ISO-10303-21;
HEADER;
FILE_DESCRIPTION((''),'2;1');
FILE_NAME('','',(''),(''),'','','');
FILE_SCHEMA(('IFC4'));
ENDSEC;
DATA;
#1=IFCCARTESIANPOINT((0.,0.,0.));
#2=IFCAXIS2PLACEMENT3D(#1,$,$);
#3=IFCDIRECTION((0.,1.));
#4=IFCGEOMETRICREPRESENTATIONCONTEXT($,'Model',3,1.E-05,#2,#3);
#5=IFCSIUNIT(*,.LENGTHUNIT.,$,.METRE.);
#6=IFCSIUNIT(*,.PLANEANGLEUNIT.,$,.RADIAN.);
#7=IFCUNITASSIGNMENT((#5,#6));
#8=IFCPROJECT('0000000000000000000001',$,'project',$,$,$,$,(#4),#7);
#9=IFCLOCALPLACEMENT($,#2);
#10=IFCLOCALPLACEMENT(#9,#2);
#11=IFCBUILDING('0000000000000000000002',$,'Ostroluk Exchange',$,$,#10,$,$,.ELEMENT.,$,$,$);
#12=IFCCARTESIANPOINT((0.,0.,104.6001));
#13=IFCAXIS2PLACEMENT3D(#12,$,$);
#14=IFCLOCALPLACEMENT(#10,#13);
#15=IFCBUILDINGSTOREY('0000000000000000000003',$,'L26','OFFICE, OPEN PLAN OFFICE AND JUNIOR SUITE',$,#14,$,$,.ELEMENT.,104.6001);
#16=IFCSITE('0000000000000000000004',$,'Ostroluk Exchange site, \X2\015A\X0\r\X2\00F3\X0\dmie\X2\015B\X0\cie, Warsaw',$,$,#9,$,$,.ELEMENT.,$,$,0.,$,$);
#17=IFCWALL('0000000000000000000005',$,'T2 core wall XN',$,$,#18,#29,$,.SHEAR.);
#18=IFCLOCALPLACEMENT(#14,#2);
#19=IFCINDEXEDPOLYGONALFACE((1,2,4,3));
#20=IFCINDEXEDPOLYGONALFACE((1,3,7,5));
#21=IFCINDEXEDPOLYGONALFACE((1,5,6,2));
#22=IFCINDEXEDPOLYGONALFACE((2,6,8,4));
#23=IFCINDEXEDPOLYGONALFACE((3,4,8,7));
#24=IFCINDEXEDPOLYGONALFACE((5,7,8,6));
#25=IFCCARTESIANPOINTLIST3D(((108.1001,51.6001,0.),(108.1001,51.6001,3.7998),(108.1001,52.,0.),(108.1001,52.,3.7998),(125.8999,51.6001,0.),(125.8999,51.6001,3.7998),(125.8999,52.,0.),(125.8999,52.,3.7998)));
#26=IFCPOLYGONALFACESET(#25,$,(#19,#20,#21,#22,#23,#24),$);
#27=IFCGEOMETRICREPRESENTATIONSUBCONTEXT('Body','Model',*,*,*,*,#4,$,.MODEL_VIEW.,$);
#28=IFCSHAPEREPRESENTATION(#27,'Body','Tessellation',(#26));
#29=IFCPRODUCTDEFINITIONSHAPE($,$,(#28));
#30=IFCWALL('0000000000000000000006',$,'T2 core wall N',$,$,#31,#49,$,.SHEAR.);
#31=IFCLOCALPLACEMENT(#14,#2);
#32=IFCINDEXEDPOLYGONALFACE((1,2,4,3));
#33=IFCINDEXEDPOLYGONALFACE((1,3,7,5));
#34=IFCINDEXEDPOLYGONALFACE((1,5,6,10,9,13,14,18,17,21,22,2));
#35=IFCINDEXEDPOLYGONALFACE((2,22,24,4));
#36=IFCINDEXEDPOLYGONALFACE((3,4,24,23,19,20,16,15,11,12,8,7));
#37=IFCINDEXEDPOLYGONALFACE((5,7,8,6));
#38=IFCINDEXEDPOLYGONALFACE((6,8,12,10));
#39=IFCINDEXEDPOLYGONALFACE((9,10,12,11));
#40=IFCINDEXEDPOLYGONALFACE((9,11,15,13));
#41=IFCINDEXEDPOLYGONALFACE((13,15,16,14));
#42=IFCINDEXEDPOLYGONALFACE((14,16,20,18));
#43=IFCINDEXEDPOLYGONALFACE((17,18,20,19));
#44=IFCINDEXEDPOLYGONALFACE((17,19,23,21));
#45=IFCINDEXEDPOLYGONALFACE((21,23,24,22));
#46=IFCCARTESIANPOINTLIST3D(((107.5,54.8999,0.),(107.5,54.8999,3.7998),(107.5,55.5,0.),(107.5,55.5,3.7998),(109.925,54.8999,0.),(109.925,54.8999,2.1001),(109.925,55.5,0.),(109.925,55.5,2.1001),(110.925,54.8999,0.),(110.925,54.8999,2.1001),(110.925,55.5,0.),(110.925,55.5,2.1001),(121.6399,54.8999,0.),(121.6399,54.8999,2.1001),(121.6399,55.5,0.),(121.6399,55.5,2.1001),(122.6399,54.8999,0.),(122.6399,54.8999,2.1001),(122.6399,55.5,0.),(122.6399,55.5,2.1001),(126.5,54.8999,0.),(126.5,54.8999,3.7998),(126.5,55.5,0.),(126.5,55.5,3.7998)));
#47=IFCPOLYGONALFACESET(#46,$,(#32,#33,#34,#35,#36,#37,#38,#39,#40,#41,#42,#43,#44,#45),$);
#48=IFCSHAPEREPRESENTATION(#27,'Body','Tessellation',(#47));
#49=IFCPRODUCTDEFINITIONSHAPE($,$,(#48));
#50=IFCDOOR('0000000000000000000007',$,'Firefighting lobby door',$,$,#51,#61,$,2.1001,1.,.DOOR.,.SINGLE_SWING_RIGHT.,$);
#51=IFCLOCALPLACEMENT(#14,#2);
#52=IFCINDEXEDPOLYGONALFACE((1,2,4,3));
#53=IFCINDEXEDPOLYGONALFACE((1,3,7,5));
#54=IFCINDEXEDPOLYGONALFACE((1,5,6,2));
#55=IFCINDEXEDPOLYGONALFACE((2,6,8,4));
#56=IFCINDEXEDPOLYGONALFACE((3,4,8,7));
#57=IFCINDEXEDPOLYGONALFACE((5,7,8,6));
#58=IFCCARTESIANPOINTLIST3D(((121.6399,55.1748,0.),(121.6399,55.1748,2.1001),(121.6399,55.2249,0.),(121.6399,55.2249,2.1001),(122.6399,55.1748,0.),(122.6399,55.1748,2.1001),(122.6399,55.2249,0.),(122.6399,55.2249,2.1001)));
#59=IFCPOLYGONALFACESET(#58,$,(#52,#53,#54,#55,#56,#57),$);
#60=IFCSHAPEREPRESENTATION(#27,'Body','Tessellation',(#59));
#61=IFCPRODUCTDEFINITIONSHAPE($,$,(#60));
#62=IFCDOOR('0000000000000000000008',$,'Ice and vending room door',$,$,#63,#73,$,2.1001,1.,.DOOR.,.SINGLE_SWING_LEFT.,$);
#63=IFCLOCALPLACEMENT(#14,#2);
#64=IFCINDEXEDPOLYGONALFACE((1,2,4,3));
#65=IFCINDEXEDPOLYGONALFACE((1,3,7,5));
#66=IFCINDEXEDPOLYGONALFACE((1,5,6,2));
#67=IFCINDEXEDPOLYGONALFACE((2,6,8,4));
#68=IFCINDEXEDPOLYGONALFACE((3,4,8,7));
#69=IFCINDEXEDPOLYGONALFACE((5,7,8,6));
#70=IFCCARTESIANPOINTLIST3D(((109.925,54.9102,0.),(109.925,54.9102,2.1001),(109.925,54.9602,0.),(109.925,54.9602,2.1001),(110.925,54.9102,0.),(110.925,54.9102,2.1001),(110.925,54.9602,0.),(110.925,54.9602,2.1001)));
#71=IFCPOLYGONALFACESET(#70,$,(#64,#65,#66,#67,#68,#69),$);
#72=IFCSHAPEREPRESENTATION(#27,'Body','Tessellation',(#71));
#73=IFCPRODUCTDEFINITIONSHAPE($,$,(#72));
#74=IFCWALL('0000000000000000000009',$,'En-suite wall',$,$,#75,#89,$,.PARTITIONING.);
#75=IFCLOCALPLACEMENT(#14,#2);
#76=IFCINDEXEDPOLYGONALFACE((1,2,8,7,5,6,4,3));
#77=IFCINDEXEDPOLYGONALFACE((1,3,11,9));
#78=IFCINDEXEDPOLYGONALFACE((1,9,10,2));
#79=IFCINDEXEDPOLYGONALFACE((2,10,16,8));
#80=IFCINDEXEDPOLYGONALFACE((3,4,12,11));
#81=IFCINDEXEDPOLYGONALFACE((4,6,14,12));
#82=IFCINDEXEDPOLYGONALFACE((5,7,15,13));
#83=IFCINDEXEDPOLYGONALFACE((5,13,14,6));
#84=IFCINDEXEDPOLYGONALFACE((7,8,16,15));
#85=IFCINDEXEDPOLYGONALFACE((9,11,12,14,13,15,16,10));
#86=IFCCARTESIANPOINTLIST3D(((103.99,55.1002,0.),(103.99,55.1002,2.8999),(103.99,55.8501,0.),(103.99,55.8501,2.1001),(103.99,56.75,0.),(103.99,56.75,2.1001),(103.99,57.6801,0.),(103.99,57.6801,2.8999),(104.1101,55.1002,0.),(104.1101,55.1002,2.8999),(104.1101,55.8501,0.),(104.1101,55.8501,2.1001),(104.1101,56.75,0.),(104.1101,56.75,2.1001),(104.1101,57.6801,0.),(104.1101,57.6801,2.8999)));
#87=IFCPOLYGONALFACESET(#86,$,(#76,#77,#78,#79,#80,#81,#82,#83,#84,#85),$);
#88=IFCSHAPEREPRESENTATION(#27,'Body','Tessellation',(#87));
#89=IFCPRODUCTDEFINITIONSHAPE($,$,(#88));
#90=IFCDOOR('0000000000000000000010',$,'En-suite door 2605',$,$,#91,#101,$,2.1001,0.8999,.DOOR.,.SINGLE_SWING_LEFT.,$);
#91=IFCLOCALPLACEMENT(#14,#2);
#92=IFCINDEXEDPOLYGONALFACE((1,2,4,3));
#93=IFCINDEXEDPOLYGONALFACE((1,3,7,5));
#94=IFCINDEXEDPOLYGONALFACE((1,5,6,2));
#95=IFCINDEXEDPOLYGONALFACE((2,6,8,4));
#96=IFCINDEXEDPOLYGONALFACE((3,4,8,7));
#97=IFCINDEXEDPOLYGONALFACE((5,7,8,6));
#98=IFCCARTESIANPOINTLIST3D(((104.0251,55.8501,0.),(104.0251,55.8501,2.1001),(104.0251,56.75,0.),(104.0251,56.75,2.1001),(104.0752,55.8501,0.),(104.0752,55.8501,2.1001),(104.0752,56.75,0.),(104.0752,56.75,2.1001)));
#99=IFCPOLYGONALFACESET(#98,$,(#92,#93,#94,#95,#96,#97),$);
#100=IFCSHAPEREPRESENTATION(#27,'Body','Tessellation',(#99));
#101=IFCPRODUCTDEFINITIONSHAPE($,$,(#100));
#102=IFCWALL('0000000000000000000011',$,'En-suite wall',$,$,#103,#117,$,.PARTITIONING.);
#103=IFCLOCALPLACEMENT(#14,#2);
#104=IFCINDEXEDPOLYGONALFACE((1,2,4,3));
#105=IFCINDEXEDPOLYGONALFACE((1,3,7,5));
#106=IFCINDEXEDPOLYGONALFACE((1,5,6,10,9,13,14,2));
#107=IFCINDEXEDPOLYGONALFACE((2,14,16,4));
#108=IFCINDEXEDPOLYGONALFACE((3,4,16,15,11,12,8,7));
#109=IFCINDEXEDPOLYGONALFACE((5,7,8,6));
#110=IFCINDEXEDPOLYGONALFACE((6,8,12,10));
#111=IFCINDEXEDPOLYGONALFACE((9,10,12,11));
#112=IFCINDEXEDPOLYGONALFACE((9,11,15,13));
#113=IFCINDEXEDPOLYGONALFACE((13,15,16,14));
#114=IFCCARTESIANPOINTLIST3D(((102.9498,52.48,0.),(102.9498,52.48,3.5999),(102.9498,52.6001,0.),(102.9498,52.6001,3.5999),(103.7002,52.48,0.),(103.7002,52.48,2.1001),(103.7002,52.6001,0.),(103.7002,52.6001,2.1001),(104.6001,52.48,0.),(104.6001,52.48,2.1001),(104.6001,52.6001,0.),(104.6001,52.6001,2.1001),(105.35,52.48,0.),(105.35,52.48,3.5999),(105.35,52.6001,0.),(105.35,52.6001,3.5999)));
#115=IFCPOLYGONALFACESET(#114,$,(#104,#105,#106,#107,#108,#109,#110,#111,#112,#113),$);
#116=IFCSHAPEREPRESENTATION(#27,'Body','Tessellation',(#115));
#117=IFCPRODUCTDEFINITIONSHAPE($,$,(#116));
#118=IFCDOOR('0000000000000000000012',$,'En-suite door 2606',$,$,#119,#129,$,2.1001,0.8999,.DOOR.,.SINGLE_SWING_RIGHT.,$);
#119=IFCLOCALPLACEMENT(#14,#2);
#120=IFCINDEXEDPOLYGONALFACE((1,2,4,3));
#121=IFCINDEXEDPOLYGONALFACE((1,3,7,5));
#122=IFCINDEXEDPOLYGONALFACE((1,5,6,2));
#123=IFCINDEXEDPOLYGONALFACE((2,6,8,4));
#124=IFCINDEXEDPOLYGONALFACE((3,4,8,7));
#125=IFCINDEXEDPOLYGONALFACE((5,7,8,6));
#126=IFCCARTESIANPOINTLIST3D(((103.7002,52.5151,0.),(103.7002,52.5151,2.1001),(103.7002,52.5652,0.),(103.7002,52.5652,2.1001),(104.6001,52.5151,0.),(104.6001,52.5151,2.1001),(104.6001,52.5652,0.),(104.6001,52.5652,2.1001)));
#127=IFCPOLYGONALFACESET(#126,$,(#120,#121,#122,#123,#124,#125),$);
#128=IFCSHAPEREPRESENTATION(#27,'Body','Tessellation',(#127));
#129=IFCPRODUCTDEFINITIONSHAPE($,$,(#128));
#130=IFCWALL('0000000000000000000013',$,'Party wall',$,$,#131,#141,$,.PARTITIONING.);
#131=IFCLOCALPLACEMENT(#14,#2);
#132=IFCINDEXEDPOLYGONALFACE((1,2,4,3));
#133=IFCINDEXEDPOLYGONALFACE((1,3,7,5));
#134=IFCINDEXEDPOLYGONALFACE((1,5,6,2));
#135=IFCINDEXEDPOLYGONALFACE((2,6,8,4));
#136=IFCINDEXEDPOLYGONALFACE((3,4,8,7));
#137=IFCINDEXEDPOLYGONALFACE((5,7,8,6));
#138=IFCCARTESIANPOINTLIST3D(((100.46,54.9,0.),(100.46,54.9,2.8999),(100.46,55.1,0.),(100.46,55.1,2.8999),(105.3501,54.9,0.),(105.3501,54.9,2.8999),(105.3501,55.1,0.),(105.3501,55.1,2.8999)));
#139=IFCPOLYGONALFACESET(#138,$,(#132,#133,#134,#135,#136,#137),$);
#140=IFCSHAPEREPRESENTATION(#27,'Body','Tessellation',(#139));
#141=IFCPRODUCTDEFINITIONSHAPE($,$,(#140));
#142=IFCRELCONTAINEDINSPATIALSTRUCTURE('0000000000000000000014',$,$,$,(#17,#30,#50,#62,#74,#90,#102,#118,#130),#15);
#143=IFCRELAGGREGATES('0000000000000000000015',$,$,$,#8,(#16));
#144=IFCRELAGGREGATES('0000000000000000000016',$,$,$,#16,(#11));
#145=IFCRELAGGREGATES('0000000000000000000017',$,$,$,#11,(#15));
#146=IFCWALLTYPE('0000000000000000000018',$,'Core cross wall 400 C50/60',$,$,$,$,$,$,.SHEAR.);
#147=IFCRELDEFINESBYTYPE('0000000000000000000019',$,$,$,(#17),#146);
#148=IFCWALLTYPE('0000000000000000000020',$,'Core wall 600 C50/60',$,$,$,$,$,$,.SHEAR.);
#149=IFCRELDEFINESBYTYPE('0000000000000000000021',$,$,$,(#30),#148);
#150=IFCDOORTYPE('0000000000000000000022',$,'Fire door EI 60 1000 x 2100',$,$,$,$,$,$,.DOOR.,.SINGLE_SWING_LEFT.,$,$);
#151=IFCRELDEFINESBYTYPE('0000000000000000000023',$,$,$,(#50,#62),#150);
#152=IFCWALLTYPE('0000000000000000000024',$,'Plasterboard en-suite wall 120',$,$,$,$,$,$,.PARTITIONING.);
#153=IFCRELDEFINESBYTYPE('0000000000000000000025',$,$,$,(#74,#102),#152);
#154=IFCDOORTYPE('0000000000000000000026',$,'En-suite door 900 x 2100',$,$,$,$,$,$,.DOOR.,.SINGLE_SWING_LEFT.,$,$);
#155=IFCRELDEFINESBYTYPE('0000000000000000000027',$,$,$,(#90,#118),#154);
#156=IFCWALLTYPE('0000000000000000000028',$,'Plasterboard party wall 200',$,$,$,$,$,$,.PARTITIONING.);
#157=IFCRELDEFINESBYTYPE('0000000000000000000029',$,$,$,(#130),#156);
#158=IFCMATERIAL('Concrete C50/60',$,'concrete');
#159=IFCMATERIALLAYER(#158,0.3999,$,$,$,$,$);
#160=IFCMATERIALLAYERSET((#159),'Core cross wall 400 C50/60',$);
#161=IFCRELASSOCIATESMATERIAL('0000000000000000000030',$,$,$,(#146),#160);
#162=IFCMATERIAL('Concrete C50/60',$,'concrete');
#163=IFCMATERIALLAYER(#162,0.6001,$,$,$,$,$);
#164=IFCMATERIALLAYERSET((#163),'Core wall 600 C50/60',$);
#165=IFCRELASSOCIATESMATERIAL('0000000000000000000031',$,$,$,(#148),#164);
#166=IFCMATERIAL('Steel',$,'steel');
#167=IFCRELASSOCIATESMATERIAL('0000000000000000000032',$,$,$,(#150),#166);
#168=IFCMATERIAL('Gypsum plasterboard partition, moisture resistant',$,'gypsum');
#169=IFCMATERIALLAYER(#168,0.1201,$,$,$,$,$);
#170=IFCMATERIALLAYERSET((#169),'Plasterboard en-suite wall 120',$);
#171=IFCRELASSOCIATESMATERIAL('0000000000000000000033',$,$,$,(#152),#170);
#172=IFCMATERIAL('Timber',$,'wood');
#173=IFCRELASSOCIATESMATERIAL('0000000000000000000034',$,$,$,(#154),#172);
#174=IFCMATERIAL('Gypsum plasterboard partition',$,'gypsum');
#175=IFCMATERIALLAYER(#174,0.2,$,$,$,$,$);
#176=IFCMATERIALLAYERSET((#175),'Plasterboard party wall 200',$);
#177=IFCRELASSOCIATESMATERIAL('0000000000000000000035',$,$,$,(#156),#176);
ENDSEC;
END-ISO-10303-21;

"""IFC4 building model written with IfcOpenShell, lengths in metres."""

from ifc_helpers import new_model, si_unit, direction, frame, frame_2d, origin, place, context, subcontext, project, spatial, rectangle, extrude, material, layer, layer_set, type_object, element, fill, save


model = new_model("IFC4")

# Units and contexts
model_context = context("Model", 3, precision=1e-05, world=origin(), true_north=direction((0.0, 1.0)))
body_context = subcontext(model_context, "Body", "Model", "MODEL_VIEW")
ifc_project = project(units=[si_unit("LENGTHUNIT", "METRE"), si_unit("PLANEANGLEUNIT", "RADIAN")], contexts=[model_context])

# Site, building, storey
site_placement = place(None, origin())
site = spatial("IfcSite", under=ifc_project, at=site_placement, Name="Ostroluk Exchange site, Śródmieście, Warsaw", CompositionType="ELEMENT", RefElevation=0.0)
building_placement = place(site_placement, origin())
building = spatial("IfcBuilding", under=site, at=building_placement, Name="Ostroluk Exchange", CompositionType="ELEMENT")
storey_placement = place(building_placement, frame((0.0, 0.0, 104.6001)))
storey = spatial("IfcBuildingStorey", under=building, at=storey_placement, Name="L26", Description="OFFICE, OPEN PLAN OFFICE AND JUNIOR SUITE", CompositionType="ELEMENT", Elevation=104.6001)

# Wall
ifc_material_1 = material(Name="Concrete C50/60", Category="concrete")
ifc_layer_1 = layer(ifc_material_1, 0.3999)
ifc_layer_set_1 = layer_set([ifc_layer_1], Name="Core cross wall 400 C50/60")
wall_type_1 = type_object("IfcWallType", Name="Core cross wall 400 C50/60", PredefinedType="SHEAR", material=ifc_layer_set_1)
wall_1_placement = place(storey_placement, frame((108.1001, 51.8, 0.0), z_axis=(0.0, 0.0, 1.0), x_axis=(1.0, 0.0, 0.0)))
element("IfcWall", 1, at=wall_1_placement, inside=storey, type_object=wall_type_1, Name="T2 core wall XN", PredefinedType="SHEAR", context=body_context, shape_type="SweptSolid", body=[
    extrude(rectangle(XDim=17.7998, YDim=0.3999, at=frame_2d((8.8999, 0.0))), origin(), (0.0, 0.0, 1.0), 3.7998),
])

# Wall, openings, doors
ifc_material_2 = material(Name="Concrete C50/60", Category="concrete")
ifc_layer_2 = layer(ifc_material_2, 0.6001)
ifc_layer_set_2 = layer_set([ifc_layer_2], Name="Core wall 600 C50/60")
wall_type_2 = type_object("IfcWallType", Name="Core wall 600 C50/60", PredefinedType="SHEAR", material=ifc_layer_set_2)
wall_2_placement = place(storey_placement, frame((107.5, 55.2, 0.0), z_axis=(0.0, 0.0, 1.0), x_axis=(1.0, 0.0, 0.0)))
wall_2 = element("IfcWall", 2, at=wall_2_placement, inside=storey, type_object=wall_type_2, Name="T2 core wall N", PredefinedType="SHEAR", context=body_context, shape_type="SweptSolid", body=[
    extrude(rectangle(XDim=19.0, YDim=0.6001, at=frame_2d((9.5, 0.0))), origin(), (0.0, 0.0, 1.0), 3.7998),
])
opening_1_placement = place(wall_2_placement, frame((14.1399, 0.0, 0.0)))
opening_1 = element("IfcOpeningElement", 3, at=opening_1_placement, cuts=wall_2, PredefinedType="OPENING", context=body_context, shape_type="SweptSolid", body=[
    extrude(rectangle(XDim=1.0, YDim=2.1001, at=frame_2d((0.5, 1.05))), frame((0.0, 0.3101, 0.0), z_axis=(0.0, -1.0, 0.0), x_axis=(1.0, 0.0, 0.0)), (0.0, 0.0, 1.0), 0.6201),
])
opening_2_placement = place(wall_2_placement, frame((2.425, 0.0, 0.0)))
opening_2 = element("IfcOpeningElement", 4, at=opening_2_placement, cuts=wall_2, PredefinedType="OPENING", context=body_context, shape_type="SweptSolid", body=[
    extrude(rectangle(XDim=1.0, YDim=2.1001, at=frame_2d((0.5, 1.05))), frame((0.0, 0.3101, 0.0), z_axis=(0.0, -1.0, 0.0), x_axis=(1.0, 0.0, 0.0)), (0.0, 0.0, 1.0), 0.6201),
])
ifc_material_3 = material(Name="Steel", Category="steel")
door_type_1 = type_object("IfcDoorType", Name="Fire door EI 60 1000 x 2100", OperationType="SINGLE_SWING_LEFT", PredefinedType="DOOR", material=ifc_material_3)
door_1_placement = place(opening_1_placement, origin())
door_1 = element("IfcDoor", 5, at=door_1_placement, inside=storey, type_object=door_type_1, Name="Firefighting lobby door", OperationType="SINGLE_SWING_RIGHT", OverallHeight=2.1001, OverallWidth=1.0, PredefinedType="DOOR", context=body_context, shape_type="SweptSolid", body=[
    extrude(rectangle(XDim=1.0, YDim=2.1001, at=frame_2d((0.5, 1.05))), frame((0.0, 0.0249, 0.0), z_axis=(0.0, -1.0, 0.0), x_axis=(1.0, 0.0, 0.0)), (0.0, 0.0, 1.0), 0.05),
])
fill(opening_1, door_1)
door_2_placement = place(opening_2_placement, origin())
door_2 = element("IfcDoor", 6, at=door_2_placement, inside=storey, type_object=door_type_1, Name="Ice and vending room door", OperationType="SINGLE_SWING_LEFT", OverallHeight=2.1001, OverallWidth=1.0, PredefinedType="DOOR", context=body_context, shape_type="SweptSolid", body=[
    extrude(rectangle(XDim=1.0, YDim=2.1001, at=frame_2d((0.5, 1.05))), frame((0.0, -0.2397, 0.0), z_axis=(0.0, -1.0, 0.0), x_axis=(1.0, 0.0, 0.0)), (0.0, 0.0, 1.0), 0.05),
])
fill(opening_2, door_2)

# Walls, openings, doors
ifc_material_4 = material(Name="Gypsum plasterboard partition, moisture resistant", Category="gypsum")
ifc_layer_3 = layer(ifc_material_4, 0.1201)
ifc_layer_set_3 = layer_set([ifc_layer_3], Name="Plasterboard en-suite wall 120")
wall_type_3 = type_object("IfcWallType", Name="Plasterboard en-suite wall 120", PredefinedType="PARTITIONING", material=ifc_layer_set_3)
wall_3_placement = place(storey_placement, frame((104.05, 55.1001, 0.0), z_axis=(0.0, 0.0, 1.0), x_axis=(0.0, 1.0, 0.0)))
wall_3 = element("IfcWall", 7, at=wall_3_placement, inside=storey, type_object=wall_type_3, Name="En-suite wall", PredefinedType="PARTITIONING", context=body_context, shape_type="SweptSolid", body=[
    extrude(rectangle(XDim=2.5798, YDim=0.1201, at=frame_2d((1.29, 0.0))), origin(), (0.0, 0.0, 1.0), 2.8999),
])
opening_3_placement = place(wall_3_placement, frame((0.75, 0.0, 0.0)))
opening_3 = element("IfcOpeningElement", 8, at=opening_3_placement, cuts=wall_3, PredefinedType="OPENING", context=body_context, shape_type="SweptSolid", body=[
    extrude(rectangle(XDim=0.8999, YDim=2.1001, at=frame_2d((0.45, 1.05))), frame((0.0, 0.0701, 0.0), z_axis=(0.0, -1.0, 0.0), x_axis=(1.0, 0.0, 0.0)), (0.0, 0.0, 1.0), 0.1401),
])
ifc_material_5 = material(Name="Timber", Category="wood")
door_type_2 = type_object("IfcDoorType", Name="En-suite door 900 x 2100", OperationType="SINGLE_SWING_LEFT", PredefinedType="DOOR", material=ifc_material_5)
door_3_placement = place(opening_3_placement, origin())
door_3 = element("IfcDoor", 9, at=door_3_placement, inside=storey, type_object=door_type_2, Name="En-suite door 2605", OperationType="SINGLE_SWING_LEFT", OverallHeight=2.1001, OverallWidth=0.8999, PredefinedType="DOOR", context=body_context, shape_type="SweptSolid", body=[
    extrude(rectangle(XDim=0.8999, YDim=2.1001, at=frame_2d((0.45, 1.05))), frame((0.0, 0.0249, 0.0), z_axis=(0.0, -1.0, 0.0), x_axis=(1.0, 0.0, 0.0)), (0.0, 0.0, 1.0), 0.05),
])
fill(opening_3, door_3)
wall_4_placement = place(storey_placement, frame((105.3501, 52.54, 0.0), z_axis=(0.0, 0.0, 1.0), x_axis=(-1.0, 0.0, 0.0)))
wall_4 = element("IfcWall", 10, at=wall_4_placement, inside=storey, type_object=wall_type_3, Name="En-suite wall", PredefinedType="PARTITIONING", context=body_context, shape_type="SweptSolid", body=[
    extrude(rectangle(XDim=2.4001, YDim=0.1201, at=frame_2d((1.2002, 0.0))), origin(), (0.0, 0.0, 1.0), 3.5999),
])
opening_4_placement = place(wall_4_placement, frame((0.75, 0.0, 0.0)))
opening_4 = element("IfcOpeningElement", 11, at=opening_4_placement, cuts=wall_4, PredefinedType="OPENING", context=body_context, shape_type="SweptSolid", body=[
    extrude(rectangle(XDim=0.8999, YDim=2.1001, at=frame_2d((0.45, 1.05))), frame((0.0, 0.0701, 0.0), z_axis=(0.0, -1.0, 0.0), x_axis=(1.0, 0.0, 0.0)), (0.0, 0.0, 1.0), 0.1401),
])
door_4_placement = place(opening_4_placement, origin())
door_4 = element("IfcDoor", 12, at=door_4_placement, inside=storey, type_object=door_type_2, Name="En-suite door 2606", OperationType="SINGLE_SWING_RIGHT", OverallHeight=2.1001, OverallWidth=0.8999, PredefinedType="DOOR", context=body_context, shape_type="SweptSolid", body=[
    extrude(rectangle(XDim=0.8999, YDim=2.1001, at=frame_2d((0.45, 1.05))), frame((0.0, 0.0249, 0.0), z_axis=(0.0, -1.0, 0.0), x_axis=(1.0, 0.0, 0.0)), (0.0, 0.0, 1.0), 0.05),
])
fill(opening_4, door_4)

# Wall
ifc_material_6 = material(Name="Gypsum plasterboard partition", Category="gypsum")
ifc_layer_4 = layer(ifc_material_6, 0.2)
ifc_layer_set_4 = layer_set([ifc_layer_4], Name="Plasterboard party wall 200")
wall_type_4 = type_object("IfcWallType", Name="Plasterboard party wall 200", PredefinedType="PARTITIONING", material=ifc_layer_set_4)
wall_5_placement = place(storey_placement, frame((105.3501, 55.0, 0.0), z_axis=(0.0, 0.0, 1.0), x_axis=(-1.0, 0.0, 0.0)))
element("IfcWall", 13, at=wall_5_placement, inside=storey, type_object=wall_type_4, Name="Party wall", PredefinedType="PARTITIONING", context=body_context, shape_type="SweptSolid", body=[
    extrude(rectangle(XDim=4.8901, YDim=0.2, at=frame_2d((2.4451, 0.0))), origin(), (0.0, 0.0, 1.0), 2.8999),
])

save(model, "model.ifc")
